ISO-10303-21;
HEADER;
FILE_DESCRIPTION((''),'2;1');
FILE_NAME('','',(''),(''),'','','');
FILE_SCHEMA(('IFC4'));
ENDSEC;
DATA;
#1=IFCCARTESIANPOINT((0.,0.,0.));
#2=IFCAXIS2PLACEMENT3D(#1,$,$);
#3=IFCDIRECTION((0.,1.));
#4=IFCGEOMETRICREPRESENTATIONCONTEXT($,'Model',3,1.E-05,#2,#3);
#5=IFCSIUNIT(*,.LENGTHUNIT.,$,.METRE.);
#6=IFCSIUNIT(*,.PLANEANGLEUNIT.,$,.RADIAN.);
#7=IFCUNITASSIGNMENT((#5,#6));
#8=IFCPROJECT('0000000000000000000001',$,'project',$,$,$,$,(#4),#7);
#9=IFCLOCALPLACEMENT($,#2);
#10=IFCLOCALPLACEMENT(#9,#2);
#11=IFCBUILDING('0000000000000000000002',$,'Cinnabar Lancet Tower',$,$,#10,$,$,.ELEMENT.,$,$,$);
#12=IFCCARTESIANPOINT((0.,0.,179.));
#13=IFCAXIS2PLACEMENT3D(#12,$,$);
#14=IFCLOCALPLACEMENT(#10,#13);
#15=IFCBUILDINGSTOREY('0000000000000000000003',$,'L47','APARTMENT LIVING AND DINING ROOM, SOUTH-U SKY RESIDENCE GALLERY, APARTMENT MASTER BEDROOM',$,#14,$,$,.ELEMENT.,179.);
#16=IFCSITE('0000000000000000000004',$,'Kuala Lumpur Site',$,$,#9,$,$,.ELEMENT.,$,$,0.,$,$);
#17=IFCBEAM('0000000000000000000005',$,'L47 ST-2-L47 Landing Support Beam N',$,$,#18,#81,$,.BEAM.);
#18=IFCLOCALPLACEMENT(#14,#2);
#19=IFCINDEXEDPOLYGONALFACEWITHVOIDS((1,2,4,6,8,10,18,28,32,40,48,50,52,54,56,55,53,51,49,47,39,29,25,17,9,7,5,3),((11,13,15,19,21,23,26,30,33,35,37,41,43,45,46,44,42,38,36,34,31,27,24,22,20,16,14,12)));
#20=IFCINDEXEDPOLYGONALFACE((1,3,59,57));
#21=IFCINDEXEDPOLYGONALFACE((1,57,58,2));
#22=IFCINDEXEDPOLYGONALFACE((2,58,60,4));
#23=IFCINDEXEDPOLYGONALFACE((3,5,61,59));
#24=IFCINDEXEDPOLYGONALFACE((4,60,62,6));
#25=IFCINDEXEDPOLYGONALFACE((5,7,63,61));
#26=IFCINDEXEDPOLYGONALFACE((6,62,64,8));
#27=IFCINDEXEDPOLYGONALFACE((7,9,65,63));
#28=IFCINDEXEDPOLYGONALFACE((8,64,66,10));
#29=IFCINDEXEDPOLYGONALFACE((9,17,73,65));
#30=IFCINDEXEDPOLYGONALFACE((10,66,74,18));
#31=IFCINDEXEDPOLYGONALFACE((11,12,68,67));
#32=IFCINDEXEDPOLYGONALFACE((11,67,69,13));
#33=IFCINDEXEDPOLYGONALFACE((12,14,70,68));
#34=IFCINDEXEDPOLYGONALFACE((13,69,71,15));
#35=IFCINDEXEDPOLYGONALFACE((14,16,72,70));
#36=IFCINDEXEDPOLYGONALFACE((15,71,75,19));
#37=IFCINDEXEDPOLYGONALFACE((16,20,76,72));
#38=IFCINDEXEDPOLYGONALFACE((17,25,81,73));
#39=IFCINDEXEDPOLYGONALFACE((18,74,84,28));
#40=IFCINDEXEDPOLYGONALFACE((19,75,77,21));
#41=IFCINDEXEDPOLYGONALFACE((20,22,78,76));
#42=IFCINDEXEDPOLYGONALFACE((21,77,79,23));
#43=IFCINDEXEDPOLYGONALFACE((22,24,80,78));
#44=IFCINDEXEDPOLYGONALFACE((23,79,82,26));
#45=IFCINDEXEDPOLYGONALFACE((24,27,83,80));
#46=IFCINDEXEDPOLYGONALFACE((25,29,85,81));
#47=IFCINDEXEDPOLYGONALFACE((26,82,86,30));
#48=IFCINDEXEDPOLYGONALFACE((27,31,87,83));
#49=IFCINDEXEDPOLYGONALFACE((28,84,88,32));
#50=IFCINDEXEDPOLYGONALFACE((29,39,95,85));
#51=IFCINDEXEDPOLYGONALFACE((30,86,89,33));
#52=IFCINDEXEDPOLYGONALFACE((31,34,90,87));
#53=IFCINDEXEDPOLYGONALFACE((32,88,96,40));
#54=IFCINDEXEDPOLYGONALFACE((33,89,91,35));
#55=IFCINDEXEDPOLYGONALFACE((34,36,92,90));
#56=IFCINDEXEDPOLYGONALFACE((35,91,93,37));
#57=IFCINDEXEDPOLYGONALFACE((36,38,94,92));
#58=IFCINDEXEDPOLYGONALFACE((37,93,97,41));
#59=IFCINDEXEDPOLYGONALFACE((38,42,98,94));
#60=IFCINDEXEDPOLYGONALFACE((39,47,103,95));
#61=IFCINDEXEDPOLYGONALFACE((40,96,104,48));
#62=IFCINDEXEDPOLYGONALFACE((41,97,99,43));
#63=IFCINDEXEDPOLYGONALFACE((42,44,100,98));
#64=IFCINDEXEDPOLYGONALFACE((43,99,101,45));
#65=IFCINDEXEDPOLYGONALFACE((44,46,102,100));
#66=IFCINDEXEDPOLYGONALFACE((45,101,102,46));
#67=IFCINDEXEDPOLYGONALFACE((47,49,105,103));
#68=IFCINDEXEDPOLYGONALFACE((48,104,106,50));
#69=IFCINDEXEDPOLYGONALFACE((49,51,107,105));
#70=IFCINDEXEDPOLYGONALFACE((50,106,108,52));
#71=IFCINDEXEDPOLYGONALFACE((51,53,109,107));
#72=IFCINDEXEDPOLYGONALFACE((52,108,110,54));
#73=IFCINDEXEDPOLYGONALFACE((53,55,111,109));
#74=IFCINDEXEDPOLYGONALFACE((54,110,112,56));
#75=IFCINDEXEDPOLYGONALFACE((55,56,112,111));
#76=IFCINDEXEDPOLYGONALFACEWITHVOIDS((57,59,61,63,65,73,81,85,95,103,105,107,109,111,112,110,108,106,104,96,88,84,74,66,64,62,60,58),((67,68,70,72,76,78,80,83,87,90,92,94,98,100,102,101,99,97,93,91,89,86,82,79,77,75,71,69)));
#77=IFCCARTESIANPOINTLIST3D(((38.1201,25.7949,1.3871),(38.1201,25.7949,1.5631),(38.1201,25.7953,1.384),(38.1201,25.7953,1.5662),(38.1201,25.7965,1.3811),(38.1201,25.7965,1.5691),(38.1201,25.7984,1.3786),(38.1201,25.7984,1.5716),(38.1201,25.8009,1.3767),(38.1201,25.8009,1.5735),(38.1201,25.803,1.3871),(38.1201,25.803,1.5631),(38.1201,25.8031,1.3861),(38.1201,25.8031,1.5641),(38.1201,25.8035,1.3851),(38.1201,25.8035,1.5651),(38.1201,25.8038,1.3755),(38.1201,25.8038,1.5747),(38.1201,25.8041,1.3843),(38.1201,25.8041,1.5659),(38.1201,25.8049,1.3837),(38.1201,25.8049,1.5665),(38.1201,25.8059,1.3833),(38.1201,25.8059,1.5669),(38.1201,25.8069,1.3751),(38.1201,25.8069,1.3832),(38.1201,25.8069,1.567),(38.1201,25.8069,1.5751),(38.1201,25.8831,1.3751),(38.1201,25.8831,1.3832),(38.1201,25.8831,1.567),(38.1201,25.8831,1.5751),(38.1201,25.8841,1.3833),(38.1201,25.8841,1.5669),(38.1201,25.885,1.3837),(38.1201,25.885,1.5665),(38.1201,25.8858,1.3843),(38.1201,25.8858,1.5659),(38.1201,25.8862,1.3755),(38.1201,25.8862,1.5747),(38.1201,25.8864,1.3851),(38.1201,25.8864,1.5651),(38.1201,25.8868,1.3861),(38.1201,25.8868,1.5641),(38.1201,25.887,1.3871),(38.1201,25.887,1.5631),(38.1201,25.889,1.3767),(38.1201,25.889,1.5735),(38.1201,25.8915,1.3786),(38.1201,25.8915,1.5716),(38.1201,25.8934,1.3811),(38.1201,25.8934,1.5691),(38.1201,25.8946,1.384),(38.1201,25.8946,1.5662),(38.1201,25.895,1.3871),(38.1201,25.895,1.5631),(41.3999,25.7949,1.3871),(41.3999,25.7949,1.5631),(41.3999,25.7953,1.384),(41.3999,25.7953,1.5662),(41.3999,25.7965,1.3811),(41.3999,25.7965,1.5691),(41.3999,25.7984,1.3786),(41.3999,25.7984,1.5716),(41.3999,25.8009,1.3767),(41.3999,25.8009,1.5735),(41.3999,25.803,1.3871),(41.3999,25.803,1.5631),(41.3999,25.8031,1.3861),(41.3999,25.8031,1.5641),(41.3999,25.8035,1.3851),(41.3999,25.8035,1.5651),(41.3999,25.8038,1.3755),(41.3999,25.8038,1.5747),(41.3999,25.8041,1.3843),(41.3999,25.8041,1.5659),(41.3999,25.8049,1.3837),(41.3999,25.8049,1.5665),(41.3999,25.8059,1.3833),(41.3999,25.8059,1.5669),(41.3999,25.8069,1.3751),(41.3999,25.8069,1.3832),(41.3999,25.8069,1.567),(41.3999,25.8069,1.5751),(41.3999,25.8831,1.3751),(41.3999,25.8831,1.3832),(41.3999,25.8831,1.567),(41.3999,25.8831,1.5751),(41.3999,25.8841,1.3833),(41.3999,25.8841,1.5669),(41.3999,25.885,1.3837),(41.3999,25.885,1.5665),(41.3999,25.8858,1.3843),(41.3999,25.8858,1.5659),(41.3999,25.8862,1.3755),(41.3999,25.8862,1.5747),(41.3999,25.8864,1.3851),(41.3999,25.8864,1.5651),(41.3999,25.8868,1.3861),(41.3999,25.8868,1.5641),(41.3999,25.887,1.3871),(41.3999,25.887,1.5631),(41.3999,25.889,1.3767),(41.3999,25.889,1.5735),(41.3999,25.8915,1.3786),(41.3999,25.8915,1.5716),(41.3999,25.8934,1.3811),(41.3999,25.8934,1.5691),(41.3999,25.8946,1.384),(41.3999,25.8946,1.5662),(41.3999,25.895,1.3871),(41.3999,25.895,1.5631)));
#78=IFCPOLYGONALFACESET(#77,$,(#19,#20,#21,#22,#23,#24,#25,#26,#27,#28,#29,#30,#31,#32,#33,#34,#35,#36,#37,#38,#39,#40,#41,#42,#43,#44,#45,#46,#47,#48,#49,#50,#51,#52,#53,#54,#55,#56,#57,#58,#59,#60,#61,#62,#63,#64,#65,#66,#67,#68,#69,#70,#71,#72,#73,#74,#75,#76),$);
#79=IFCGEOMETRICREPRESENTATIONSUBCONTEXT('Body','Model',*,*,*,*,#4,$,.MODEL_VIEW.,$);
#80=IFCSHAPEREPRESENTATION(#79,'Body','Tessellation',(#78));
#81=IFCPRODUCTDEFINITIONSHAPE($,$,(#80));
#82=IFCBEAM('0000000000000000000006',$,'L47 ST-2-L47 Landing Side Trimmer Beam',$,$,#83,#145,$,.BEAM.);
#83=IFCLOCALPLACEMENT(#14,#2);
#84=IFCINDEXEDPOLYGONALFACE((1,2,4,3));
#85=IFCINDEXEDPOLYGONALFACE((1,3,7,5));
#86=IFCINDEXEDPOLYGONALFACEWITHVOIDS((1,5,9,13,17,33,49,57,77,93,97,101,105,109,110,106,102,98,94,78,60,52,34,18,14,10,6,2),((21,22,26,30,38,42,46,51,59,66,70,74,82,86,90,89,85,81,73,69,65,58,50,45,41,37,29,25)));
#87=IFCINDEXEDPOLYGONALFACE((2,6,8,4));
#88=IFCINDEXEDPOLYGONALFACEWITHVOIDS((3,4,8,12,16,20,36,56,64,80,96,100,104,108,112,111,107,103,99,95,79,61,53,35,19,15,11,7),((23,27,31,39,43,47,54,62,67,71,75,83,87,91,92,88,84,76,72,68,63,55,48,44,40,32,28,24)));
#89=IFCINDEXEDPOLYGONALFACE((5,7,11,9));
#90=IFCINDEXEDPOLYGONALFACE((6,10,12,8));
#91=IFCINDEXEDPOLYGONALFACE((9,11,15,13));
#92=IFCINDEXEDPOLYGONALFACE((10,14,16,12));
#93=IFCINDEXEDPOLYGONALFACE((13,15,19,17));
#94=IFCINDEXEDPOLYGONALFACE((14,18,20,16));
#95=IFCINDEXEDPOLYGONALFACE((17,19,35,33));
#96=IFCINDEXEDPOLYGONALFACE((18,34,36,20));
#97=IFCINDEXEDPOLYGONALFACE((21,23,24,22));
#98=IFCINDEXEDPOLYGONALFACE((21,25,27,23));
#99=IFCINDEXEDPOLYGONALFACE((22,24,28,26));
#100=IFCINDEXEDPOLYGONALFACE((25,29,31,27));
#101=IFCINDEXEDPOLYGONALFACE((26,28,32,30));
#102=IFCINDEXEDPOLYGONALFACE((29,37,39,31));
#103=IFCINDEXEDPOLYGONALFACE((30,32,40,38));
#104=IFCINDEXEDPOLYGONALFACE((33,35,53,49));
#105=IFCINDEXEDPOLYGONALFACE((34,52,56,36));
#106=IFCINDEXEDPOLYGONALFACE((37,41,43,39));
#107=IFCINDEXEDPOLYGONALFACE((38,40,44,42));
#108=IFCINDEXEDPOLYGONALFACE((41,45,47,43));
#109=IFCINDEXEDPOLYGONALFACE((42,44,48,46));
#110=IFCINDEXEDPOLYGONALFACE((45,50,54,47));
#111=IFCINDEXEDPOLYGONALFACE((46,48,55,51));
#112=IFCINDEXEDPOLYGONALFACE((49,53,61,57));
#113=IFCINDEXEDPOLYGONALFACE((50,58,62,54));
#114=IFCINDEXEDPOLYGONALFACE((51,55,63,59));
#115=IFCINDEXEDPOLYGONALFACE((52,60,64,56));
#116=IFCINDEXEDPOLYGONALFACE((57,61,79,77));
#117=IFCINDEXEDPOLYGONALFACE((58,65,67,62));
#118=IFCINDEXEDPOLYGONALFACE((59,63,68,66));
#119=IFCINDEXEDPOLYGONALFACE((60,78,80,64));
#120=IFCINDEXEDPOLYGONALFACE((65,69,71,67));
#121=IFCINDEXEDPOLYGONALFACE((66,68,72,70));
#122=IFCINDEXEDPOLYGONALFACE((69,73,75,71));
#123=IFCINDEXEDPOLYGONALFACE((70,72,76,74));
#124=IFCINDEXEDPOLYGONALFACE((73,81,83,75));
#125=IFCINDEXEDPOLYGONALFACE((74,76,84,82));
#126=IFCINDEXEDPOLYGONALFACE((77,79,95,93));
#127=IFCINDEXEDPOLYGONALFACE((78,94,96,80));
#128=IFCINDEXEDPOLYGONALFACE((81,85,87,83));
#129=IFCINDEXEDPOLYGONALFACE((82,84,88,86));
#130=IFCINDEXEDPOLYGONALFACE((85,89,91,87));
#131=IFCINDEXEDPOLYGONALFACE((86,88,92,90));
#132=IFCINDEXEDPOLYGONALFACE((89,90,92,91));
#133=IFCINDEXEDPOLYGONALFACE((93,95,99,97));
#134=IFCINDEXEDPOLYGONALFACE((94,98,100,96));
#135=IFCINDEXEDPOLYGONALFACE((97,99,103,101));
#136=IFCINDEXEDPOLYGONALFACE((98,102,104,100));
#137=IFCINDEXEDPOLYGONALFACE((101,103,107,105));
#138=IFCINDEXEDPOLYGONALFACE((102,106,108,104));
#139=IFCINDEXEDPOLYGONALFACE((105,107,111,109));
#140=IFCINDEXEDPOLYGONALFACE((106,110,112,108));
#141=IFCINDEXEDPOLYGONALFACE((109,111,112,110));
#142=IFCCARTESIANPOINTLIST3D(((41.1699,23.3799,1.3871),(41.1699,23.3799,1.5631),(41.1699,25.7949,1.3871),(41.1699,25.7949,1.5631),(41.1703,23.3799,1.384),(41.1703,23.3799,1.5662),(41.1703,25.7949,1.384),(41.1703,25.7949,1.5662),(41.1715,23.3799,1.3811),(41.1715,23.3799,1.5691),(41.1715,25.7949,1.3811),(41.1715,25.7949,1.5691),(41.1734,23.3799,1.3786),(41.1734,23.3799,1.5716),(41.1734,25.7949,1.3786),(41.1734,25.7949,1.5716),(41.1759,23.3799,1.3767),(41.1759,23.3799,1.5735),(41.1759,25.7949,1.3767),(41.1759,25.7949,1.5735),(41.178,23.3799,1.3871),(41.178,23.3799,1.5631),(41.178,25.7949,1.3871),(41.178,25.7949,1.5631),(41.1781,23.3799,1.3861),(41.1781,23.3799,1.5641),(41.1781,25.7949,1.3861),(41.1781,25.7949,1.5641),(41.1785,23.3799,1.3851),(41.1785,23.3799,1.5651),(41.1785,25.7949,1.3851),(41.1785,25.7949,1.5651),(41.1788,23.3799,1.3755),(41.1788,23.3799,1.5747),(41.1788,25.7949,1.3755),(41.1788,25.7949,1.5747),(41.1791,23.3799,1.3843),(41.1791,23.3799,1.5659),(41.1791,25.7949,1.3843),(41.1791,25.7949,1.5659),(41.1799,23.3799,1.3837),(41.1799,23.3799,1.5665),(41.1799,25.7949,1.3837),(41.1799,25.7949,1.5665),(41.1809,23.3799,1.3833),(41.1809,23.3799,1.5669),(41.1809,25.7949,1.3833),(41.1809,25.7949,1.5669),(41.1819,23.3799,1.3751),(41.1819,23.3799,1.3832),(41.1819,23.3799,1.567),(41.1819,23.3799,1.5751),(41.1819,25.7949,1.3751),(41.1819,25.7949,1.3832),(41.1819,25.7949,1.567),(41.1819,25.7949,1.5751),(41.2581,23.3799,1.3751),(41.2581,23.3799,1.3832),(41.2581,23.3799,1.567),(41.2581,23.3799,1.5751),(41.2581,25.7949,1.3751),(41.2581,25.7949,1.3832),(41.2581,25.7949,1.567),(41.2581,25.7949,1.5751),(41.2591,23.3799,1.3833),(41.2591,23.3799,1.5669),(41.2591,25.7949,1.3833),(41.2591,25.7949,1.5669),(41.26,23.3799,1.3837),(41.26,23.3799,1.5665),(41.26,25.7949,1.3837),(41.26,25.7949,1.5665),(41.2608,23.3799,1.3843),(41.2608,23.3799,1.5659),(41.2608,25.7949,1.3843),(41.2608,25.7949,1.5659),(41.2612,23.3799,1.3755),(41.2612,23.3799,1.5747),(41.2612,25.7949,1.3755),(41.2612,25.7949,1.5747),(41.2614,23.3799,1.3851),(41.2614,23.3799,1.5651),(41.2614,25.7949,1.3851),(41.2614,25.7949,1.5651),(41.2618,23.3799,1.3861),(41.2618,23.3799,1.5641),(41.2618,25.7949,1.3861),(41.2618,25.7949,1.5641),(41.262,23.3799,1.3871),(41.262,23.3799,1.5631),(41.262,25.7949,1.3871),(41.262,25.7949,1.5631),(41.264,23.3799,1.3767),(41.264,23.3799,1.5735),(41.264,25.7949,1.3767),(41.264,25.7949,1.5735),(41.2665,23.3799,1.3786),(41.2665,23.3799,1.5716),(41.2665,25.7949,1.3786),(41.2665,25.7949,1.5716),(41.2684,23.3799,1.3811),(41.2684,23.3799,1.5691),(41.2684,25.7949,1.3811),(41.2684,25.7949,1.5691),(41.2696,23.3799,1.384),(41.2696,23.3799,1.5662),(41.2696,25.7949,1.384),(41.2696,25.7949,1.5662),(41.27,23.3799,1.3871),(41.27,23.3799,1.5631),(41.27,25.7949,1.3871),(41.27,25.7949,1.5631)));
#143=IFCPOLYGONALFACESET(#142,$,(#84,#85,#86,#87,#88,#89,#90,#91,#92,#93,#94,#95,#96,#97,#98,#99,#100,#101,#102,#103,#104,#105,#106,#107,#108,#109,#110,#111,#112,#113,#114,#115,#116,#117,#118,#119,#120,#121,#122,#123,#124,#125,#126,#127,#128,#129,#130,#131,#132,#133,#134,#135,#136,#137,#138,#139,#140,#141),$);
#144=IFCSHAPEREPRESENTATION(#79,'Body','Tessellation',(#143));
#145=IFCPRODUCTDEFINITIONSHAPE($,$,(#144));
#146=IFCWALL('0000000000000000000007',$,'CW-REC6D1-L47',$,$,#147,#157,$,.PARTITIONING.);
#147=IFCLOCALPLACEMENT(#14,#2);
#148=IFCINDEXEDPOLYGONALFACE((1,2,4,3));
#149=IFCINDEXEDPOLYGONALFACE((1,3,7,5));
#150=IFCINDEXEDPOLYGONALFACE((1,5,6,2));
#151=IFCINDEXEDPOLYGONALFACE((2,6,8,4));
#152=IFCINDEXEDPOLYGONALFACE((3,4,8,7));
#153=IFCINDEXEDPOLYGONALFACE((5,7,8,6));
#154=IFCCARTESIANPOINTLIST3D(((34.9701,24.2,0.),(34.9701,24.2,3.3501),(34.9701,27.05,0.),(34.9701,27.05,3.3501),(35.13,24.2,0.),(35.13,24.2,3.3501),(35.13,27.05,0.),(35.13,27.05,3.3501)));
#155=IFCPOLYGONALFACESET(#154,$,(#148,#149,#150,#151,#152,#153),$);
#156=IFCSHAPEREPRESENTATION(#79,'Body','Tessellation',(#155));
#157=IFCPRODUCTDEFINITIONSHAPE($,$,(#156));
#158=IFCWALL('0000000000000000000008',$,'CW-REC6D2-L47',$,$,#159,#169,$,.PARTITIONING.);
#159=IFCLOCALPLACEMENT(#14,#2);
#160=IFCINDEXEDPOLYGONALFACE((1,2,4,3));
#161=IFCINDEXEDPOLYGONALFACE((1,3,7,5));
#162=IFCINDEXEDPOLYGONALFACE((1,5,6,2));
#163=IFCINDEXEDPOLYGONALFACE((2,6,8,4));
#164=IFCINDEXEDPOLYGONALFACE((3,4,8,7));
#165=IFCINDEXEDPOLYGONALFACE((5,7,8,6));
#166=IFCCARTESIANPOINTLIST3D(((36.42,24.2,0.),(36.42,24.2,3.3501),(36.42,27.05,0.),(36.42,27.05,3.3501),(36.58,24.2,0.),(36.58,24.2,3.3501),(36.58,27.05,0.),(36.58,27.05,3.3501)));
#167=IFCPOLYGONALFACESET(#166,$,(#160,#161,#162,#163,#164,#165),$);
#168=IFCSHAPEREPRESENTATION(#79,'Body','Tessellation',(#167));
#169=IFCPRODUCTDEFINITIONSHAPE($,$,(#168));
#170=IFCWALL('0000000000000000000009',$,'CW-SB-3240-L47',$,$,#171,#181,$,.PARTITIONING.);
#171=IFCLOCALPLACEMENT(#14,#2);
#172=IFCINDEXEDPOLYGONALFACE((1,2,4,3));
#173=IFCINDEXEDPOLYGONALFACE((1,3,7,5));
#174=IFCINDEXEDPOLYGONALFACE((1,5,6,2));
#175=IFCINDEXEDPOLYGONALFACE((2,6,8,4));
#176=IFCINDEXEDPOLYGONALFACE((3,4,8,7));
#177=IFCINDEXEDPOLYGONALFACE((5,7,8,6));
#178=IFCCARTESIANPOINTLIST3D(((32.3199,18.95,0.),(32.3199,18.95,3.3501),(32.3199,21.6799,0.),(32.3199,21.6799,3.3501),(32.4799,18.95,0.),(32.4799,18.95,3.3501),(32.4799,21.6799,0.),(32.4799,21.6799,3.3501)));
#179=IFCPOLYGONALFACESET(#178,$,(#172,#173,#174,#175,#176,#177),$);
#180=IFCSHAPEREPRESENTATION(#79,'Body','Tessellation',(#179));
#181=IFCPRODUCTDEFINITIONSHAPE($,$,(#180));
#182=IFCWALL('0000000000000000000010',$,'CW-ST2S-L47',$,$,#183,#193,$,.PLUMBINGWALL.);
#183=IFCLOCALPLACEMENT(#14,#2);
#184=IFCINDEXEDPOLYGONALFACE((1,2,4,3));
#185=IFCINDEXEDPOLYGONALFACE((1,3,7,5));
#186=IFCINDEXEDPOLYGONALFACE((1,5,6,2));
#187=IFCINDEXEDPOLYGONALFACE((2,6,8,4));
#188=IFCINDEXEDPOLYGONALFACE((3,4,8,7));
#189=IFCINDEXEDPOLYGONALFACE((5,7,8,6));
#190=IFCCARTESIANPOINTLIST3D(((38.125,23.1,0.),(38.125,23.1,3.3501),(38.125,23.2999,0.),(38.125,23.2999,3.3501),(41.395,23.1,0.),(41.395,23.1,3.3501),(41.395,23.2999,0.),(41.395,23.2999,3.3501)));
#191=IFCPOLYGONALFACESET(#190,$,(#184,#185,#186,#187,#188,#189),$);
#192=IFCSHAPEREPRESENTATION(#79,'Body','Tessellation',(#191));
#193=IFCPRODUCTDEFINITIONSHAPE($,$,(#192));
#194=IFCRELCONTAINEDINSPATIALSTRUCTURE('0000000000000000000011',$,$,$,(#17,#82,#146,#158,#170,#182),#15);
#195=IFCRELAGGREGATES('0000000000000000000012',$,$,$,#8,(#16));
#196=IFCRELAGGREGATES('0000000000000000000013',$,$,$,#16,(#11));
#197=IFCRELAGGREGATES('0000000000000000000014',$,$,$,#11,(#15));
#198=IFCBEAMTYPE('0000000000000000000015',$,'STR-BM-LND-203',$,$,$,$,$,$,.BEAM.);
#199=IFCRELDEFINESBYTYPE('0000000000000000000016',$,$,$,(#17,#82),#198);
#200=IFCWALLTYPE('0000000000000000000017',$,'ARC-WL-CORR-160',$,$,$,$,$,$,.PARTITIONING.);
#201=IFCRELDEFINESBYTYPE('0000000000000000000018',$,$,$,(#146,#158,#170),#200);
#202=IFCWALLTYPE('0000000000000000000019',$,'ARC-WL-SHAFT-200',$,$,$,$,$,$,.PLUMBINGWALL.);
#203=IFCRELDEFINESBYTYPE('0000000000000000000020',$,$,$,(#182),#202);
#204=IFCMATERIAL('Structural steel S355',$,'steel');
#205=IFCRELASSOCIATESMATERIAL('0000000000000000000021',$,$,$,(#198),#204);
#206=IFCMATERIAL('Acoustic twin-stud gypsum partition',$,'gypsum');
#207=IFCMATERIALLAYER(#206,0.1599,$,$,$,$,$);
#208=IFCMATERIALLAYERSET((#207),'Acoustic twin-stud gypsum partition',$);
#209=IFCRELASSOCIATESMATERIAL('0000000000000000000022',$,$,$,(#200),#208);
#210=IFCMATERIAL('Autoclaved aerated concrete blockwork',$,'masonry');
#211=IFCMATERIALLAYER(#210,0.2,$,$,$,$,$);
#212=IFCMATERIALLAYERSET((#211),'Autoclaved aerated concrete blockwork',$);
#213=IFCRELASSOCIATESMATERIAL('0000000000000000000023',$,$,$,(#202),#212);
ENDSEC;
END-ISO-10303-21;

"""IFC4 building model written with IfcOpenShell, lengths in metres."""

from ifc_helpers import new_model, si_unit, direction, frame, frame_2d, origin, origin_2d, place, context, subcontext, project, spatial, rectangle, hollow_rectangle, extrude, material, layer, layer_set, material_profile, profile_set, type_object, element, save


model = new_model("IFC4")

# Units and contexts
model_context = context("Model", 3, precision=1e-05, world=origin(), true_north=direction((0.0, 1.0)))
body_context = subcontext(model_context, "Body", "Model", "MODEL_VIEW")
ifc_project = project(units=[si_unit("LENGTHUNIT", "METRE"), si_unit("PLANEANGLEUNIT", "RADIAN")], contexts=[model_context])

# Site, building, storey
site_placement = place(None, origin())
site = spatial("IfcSite", under=ifc_project, at=site_placement, Name="Kuala Lumpur Site", CompositionType="ELEMENT", RefElevation=0.0)
building_placement = place(site_placement, origin())
building = spatial("IfcBuilding", under=site, at=building_placement, Name="Cinnabar Lancet Tower", CompositionType="ELEMENT")
storey_placement = place(building_placement, frame((0.0, 0.0, 179.0)))
storey = spatial("IfcBuildingStorey", under=building, at=storey_placement, Name="L47", Description="APARTMENT LIVING AND DINING ROOM, SOUTH-U SKY RESIDENCE GALLERY, APARTMENT MASTER BEDROOM", CompositionType="ELEMENT", Elevation=179.0)

# Beams
ifc_material_1 = material(Name="Structural steel S355", Category="steel")
ifc_material_profile_1 = material_profile(ifc_material_1, hollow_rectangle(XDim=0.1001, YDim=0.2, WallThickness=0.0081, InnerFilletRadius=0.0039, OuterFilletRadius=0.012, at=origin_2d()), Name="RHS 200x100x8")
ifc_profile_set_1 = profile_set([ifc_material_profile_1], Name="Structural steel S355")
beam_type_1 = type_object("IfcBeamType", Name="STR-BM-LND-203", PredefinedType="BEAM", material=ifc_profile_set_1)
for number, where, z_axis, x_axis, name in (
    (1, (38.1201, 25.845, 1.4751), (1.0, 0.0, 0.0), (0.0, 1.0, 0.0), "L47 ST-2-L47 Landing Support Beam N"),
):
    element("IfcBeam", number, at=place(storey_placement, frame(where, z_axis=z_axis, x_axis=x_axis)), inside=storey, type_object=beam_type_1, Name=name, PredefinedType="BEAM", context=body_context, shape_type="SweptSolid", body=[
        extrude(hollow_rectangle(XDim=0.1001, YDim=0.2, WallThickness=0.0081, InnerFilletRadius=0.0039, OuterFilletRadius=0.012, at=origin_2d()), origin(), (0.0, 0.0, 1.0), 3.2798),
    ])
beam_1_placement = place(storey_placement, frame((41.22, 23.3799, 1.4751), z_axis=(0.0, 1.0, 0.0), x_axis=(-1.0, 0.0, 0.0)))
element("IfcBeam", 2, at=beam_1_placement, inside=storey, type_object=beam_type_1, Name="L47 ST-2-L47 Landing Side Trimmer Beam", PredefinedType="BEAM", context=body_context, shape_type="SweptSolid", body=[
    extrude(hollow_rectangle(XDim=0.1001, YDim=0.2, WallThickness=0.0081, InnerFilletRadius=0.0039, OuterFilletRadius=0.012, at=origin_2d()), origin(), (0.0, 0.0, 1.0), 2.415),
])

# Walls
ifc_material_2 = material(Name="Acoustic twin-stud gypsum partition", Category="gypsum")
ifc_layer_1 = layer(ifc_material_2, 0.1599)
ifc_layer_set_1 = layer_set([ifc_layer_1], Name="Acoustic twin-stud gypsum partition")
wall_type_1 = type_object("IfcWallType", Name="ARC-WL-CORR-160", PredefinedType="PARTITIONING", material=ifc_layer_set_1)
for number, where, z_axis, x_axis, name in (
    (3, (35.05, 24.2, 0.0), (0.0, 0.0, 1.0), (0.0, 1.0, 0.0), "CW-REC6D1-L47"),
    (4, (36.5, 24.2, 0.0), (0.0, 0.0, 1.0), (0.0, 1.0, 0.0), "CW-REC6D2-L47"),
):
    element("IfcWall", number, at=place(storey_placement, frame(where, z_axis=z_axis, x_axis=x_axis)), inside=storey, type_object=wall_type_1, Name=name, PredefinedType="PARTITIONING", context=body_context, shape_type="SweptSolid", body=[
        extrude(rectangle(XDim=2.8501, YDim=0.1599, at=frame_2d((1.425, 0.0))), origin(), (0.0, 0.0, 1.0), 3.3501),
    ])
wall_1_placement = place(storey_placement, frame((32.3999, 18.95, 0.0), z_axis=(0.0, 0.0, 1.0), x_axis=(0.0, 1.0, 0.0)))
element("IfcWall", 5, at=wall_1_placement, inside=storey, type_object=wall_type_1, Name="CW-SB-3240-L47", PredefinedType="PARTITIONING", context=body_context, shape_type="SweptSolid", body=[
    extrude(rectangle(XDim=2.73, YDim=0.1599, at=frame_2d((1.365, 0.0))), origin(), (0.0, 0.0, 1.0), 3.3501),
])
ifc_material_3 = material(Name="Autoclaved aerated concrete blockwork", Category="masonry")
ifc_layer_2 = layer(ifc_material_3, 0.2)
ifc_layer_set_2 = layer_set([ifc_layer_2], Name="Autoclaved aerated concrete blockwork")
wall_type_2 = type_object("IfcWallType", Name="ARC-WL-SHAFT-200", PredefinedType="PLUMBINGWALL", material=ifc_layer_set_2)
wall_2_placement = place(storey_placement, frame((38.125, 23.2, 0.0), z_axis=(0.0, 0.0, 1.0), x_axis=(1.0, 0.0, 0.0)))
element("IfcWall", 6, at=wall_2_placement, inside=storey, type_object=wall_type_2, Name="CW-ST2S-L47", PredefinedType="PLUMBINGWALL", context=body_context, shape_type="SweptSolid", body=[
    extrude(rectangle(XDim=3.27, YDim=0.2, at=frame_2d((1.635, 0.0))), origin(), (0.0, 0.0, 1.0), 3.3501),
])

save(model, "model.ifc")
